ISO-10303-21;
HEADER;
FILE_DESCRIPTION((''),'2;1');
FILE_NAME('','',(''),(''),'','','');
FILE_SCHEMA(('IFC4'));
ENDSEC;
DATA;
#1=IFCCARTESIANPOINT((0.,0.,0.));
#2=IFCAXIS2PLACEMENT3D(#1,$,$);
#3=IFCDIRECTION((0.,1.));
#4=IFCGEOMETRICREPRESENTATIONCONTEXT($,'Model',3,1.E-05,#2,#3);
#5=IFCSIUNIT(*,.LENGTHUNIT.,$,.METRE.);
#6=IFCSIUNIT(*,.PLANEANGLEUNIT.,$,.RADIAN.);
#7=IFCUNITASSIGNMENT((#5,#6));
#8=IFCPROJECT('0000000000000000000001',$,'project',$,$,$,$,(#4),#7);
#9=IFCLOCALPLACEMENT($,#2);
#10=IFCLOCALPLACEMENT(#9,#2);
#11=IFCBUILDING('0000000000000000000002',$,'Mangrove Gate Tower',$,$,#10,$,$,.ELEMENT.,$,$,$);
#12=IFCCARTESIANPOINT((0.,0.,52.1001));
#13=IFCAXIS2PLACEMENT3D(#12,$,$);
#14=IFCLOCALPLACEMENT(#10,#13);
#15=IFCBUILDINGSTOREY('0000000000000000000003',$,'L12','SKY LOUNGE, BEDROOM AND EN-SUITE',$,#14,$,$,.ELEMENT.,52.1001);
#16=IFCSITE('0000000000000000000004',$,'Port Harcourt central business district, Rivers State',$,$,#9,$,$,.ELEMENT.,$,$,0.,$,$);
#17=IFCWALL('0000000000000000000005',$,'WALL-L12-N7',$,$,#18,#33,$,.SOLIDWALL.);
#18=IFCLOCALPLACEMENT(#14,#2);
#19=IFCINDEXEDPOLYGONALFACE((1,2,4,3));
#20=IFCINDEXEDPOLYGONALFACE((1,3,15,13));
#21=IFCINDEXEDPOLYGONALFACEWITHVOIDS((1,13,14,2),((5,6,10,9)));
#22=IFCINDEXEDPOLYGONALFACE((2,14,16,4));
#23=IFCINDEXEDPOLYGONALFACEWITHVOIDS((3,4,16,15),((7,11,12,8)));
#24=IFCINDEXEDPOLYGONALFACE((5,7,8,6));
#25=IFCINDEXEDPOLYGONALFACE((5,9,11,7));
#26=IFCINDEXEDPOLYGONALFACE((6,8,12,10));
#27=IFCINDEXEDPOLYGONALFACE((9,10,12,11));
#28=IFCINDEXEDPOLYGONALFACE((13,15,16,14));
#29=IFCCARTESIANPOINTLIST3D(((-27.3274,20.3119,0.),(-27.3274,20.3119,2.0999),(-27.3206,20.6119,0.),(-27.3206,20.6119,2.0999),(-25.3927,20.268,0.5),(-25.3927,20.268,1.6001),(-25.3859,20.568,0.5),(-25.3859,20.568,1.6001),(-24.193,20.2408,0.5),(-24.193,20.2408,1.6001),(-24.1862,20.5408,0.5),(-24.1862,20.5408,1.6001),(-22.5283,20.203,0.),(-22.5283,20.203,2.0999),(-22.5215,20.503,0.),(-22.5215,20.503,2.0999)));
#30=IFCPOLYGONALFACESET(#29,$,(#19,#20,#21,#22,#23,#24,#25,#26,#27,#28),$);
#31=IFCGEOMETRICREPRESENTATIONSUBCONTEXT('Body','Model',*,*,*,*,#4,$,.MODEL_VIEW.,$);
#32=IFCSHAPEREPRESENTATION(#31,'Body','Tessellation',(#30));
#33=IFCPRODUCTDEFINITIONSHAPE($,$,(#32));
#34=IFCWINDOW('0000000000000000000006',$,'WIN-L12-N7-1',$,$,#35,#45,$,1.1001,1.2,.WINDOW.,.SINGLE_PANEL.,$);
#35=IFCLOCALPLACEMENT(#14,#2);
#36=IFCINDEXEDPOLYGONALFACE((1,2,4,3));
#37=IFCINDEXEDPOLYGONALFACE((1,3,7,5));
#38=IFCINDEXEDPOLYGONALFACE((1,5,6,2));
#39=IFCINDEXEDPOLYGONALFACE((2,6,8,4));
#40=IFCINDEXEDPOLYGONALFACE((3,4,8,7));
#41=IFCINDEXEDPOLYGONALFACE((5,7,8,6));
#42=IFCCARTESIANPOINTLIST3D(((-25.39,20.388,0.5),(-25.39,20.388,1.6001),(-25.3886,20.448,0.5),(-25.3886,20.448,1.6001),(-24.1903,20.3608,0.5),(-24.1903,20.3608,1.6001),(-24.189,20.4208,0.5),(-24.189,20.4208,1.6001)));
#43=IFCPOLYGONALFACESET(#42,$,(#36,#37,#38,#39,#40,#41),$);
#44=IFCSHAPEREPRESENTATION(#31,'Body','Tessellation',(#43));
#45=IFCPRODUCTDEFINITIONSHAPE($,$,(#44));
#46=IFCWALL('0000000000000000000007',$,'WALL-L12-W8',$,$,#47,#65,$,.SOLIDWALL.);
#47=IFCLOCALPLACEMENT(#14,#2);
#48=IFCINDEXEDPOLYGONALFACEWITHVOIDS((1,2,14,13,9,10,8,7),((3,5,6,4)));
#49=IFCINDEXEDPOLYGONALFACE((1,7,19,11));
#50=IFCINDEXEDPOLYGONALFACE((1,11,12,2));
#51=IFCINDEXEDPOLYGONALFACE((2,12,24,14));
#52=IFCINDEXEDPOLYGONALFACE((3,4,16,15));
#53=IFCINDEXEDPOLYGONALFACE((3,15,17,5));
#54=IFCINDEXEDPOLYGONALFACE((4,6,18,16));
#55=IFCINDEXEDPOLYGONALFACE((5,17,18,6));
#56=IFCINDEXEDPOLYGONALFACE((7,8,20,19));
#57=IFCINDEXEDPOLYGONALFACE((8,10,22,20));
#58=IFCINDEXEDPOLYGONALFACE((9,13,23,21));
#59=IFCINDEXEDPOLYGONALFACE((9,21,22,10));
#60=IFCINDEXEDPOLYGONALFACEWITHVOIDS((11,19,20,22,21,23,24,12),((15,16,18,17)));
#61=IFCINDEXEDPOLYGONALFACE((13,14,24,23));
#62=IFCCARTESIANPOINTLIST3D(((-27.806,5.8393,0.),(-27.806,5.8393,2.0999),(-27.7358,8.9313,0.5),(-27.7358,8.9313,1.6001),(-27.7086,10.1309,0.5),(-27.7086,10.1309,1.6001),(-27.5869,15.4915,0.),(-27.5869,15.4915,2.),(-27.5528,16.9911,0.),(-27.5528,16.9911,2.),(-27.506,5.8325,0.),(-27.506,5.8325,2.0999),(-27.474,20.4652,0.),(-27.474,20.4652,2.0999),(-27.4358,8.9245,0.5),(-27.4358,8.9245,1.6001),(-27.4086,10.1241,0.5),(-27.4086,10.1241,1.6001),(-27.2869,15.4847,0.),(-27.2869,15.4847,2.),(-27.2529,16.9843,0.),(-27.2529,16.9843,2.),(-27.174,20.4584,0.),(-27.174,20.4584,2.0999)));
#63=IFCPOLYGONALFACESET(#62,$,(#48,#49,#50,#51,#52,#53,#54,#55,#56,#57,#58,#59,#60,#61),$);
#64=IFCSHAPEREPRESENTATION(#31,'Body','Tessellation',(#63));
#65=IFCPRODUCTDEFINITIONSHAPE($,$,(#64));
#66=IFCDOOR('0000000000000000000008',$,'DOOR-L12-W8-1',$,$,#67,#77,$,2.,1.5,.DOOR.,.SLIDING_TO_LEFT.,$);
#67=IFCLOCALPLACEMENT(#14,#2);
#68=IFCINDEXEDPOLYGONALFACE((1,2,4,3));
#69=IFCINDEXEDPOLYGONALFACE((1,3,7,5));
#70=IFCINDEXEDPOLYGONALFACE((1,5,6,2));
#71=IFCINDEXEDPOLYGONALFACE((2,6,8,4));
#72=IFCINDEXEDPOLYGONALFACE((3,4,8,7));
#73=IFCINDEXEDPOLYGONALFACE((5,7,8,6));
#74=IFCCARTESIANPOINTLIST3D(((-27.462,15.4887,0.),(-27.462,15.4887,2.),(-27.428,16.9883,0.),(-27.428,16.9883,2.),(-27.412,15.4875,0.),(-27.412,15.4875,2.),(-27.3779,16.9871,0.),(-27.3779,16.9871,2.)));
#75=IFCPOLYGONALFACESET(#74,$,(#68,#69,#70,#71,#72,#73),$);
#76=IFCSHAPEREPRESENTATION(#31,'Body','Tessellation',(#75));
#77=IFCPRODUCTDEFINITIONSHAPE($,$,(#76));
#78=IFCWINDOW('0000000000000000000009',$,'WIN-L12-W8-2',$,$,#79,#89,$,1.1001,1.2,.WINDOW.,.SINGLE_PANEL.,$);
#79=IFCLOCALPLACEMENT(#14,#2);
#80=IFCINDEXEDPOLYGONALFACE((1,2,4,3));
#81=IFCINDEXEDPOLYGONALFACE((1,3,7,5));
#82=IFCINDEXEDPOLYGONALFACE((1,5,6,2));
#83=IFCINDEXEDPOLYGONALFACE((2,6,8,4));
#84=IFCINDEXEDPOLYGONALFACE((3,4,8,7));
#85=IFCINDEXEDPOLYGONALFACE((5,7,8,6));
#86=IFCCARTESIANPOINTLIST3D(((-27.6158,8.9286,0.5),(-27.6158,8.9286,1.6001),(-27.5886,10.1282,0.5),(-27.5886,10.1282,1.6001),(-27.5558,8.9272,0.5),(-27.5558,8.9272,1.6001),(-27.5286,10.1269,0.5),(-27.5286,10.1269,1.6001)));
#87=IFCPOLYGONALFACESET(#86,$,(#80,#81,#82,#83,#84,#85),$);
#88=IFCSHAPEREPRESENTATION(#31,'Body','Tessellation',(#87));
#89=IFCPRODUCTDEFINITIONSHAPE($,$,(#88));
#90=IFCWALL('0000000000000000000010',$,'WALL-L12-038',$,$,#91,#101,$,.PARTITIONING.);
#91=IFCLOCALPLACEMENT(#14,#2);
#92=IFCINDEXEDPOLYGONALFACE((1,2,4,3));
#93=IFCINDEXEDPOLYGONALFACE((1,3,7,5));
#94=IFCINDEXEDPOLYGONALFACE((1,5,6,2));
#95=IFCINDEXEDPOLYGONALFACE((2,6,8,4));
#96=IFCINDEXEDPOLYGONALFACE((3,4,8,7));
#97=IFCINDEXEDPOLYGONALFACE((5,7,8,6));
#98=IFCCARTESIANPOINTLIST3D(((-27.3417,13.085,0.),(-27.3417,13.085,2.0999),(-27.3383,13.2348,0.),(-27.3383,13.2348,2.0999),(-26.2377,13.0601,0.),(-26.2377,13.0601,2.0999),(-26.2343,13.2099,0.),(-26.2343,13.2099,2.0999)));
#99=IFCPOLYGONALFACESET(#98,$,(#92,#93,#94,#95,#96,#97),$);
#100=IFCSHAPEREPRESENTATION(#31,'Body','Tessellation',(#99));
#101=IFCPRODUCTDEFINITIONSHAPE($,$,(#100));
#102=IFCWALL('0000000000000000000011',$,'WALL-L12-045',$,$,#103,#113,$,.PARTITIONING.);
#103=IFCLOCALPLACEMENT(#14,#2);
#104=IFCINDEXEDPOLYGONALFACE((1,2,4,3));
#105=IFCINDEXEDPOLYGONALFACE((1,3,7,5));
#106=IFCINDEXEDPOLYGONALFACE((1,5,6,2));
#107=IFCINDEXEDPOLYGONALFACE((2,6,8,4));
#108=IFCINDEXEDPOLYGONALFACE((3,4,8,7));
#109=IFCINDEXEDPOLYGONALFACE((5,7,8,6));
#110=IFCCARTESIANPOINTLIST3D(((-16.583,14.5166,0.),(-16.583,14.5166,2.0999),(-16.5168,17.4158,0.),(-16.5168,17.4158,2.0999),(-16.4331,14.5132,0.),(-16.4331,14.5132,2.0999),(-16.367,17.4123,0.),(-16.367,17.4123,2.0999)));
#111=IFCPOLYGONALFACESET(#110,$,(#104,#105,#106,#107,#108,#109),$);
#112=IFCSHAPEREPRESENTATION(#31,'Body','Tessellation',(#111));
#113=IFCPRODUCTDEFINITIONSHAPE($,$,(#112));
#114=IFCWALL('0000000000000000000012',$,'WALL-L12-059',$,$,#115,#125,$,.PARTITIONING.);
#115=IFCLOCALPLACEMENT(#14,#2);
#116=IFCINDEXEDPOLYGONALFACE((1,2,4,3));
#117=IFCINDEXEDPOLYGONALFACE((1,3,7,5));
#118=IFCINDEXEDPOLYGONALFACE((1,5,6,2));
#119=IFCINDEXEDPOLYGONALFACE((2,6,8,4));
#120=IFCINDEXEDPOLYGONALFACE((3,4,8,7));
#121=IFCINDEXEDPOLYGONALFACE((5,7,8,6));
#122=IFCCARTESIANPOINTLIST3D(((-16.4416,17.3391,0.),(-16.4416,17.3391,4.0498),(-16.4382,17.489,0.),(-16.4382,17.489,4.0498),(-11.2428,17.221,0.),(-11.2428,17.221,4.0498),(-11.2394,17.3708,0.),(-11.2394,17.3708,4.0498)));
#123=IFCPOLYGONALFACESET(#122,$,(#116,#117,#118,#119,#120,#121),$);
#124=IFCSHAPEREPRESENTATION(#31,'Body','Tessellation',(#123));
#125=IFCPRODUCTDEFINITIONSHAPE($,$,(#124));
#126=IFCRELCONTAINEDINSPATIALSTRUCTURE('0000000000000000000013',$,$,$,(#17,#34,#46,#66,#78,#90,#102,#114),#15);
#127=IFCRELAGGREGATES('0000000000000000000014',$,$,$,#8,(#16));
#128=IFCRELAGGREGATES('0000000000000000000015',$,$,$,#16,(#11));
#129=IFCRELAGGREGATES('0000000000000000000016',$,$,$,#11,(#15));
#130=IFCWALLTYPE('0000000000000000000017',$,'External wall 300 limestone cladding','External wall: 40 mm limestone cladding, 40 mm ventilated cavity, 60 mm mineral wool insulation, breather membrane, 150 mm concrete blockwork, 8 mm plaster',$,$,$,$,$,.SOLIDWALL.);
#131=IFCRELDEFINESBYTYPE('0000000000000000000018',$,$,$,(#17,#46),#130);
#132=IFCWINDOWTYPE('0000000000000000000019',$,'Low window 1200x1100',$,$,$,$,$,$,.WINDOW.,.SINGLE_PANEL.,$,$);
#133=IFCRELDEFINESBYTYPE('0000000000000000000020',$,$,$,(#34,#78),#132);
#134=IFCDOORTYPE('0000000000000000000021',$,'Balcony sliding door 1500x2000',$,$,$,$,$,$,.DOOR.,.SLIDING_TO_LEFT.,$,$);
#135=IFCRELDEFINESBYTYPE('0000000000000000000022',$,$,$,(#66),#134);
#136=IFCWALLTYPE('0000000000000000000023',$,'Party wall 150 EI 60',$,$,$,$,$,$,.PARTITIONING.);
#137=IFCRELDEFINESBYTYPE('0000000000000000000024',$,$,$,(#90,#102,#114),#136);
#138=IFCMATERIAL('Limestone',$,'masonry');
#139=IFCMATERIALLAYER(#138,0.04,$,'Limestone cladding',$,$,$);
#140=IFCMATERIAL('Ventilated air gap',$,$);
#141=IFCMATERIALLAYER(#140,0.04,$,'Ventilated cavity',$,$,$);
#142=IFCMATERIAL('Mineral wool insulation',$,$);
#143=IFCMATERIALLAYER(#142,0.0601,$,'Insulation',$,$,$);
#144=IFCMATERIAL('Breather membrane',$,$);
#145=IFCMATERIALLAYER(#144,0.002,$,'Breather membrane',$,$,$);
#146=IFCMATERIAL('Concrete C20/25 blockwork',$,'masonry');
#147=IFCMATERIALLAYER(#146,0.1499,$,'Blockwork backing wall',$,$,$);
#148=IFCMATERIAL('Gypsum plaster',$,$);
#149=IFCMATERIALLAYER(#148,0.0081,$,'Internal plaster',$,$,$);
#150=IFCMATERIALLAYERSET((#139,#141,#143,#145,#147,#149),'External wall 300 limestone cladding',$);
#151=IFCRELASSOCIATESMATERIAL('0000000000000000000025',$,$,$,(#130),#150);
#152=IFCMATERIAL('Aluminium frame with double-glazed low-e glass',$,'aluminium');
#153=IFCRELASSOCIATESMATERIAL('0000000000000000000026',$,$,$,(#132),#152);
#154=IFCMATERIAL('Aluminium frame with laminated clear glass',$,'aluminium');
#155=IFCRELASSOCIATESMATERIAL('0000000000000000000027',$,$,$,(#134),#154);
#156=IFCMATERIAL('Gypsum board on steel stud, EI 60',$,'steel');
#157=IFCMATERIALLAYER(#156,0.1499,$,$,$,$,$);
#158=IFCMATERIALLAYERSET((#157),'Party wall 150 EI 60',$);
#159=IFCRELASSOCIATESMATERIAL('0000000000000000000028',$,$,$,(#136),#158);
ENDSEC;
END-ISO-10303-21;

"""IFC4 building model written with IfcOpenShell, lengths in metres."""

from ifc_helpers import new_model, si_unit, direction, frame, frame_2d, origin, place, context, subcontext, project, spatial, rectangle, extrude, material, layer, layer_set, type_object, element, fill, save


model = new_model("IFC4")

# Units and contexts
model_context = context("Model", 3, precision=1e-05, world=origin(), true_north=direction((0.0, 1.0)))
body_context = subcontext(model_context, "Body", "Model", "MODEL_VIEW")
ifc_project = project(units=[si_unit("LENGTHUNIT", "METRE"), si_unit("PLANEANGLEUNIT", "RADIAN")], contexts=[model_context])

# Site, building, storey
site_placement = place(None, origin())
site = spatial("IfcSite", under=ifc_project, at=site_placement, Name="Port Harcourt central business district, Rivers State", CompositionType="ELEMENT", RefElevation=0.0)
building_placement = place(site_placement, origin())
building = spatial("IfcBuilding", under=site, at=building_placement, Name="Mangrove Gate Tower", CompositionType="ELEMENT")
storey_placement = place(building_placement, frame((0.0, 0.0, 52.1001)))
storey = spatial("IfcBuildingStorey", under=building, at=storey_placement, Name="L12", Description="SKY LOUNGE, BEDROOM AND EN-SUITE", CompositionType="ELEMENT", Elevation=52.1001)

# Wall, opening, window
ifc_material_1 = material(Name="Limestone", Category="masonry")
ifc_layer_1 = layer(ifc_material_1, 0.04, Name="Limestone cladding")
ifc_material_2 = material(Name="Ventilated air gap")
ifc_layer_2 = layer(ifc_material_2, 0.04, Name="Ventilated cavity")
ifc_material_3 = material(Name="Mineral wool insulation")
ifc_layer_3 = layer(ifc_material_3, 0.0601, Name="Insulation")
ifc_material_4 = material(Name="Breather membrane")
ifc_layer_4 = layer(ifc_material_4, 0.002, Name="Breather membrane")
ifc_material_5 = material(Name="Concrete C20/25 blockwork", Category="masonry")
ifc_layer_5 = layer(ifc_material_5, 0.1499, Name="Blockwork backing wall")
ifc_material_6 = material(Name="Gypsum plaster")
ifc_layer_6 = layer(ifc_material_6, 0.0081, Name="Internal plaster")
ifc_layer_set_1 = layer_set([ifc_layer_1, ifc_layer_2, ifc_layer_3, ifc_layer_4, ifc_layer_5, ifc_layer_6], Name="External wall 300 limestone cladding")
wall_type_1 = type_object("IfcWallType", Name="External wall 300 limestone cladding", Description="External wall: 40 mm limestone cladding, 40 mm ventilated cavity, 60 mm mineral wool insulation, breather membrane, 150 mm concrete blockwork, 8 mm plaster", PredefinedType="SOLIDWALL", material=ifc_layer_set_1)
wall_1_placement = place(storey_placement, frame((-22.5249, 20.353, 0.0), z_axis=(0.0, 0.0, 1.0), x_axis=(-0.999743, 0.022683, 0.0)))
wall_1 = element("IfcWall", 1, at=wall_1_placement, inside=storey, type_object=wall_type_1, Name="WALL-L12-N7", PredefinedType="SOLIDWALL", context=body_context, shape_type="SweptSolid", body=[
    extrude(rectangle(XDim=4.8003, YDim=0.3, at=frame_2d((2.4001, 0.0))), origin(), (0.0, 0.0, 1.0), 2.0999),
])
opening_1_placement = place(wall_1_placement, frame((1.665, 0.0, 0.5)))
opening_1 = element("IfcOpeningElement", 2, at=opening_1_placement, cuts=wall_1, PredefinedType="OPENING", context=body_context, shape_type="SweptSolid", body=[
    extrude(rectangle(XDim=1.2, YDim=1.1001, at=frame_2d((0.6001, 0.55))), frame((0.0, 0.1599, 0.0), z_axis=(0.0, -1.0, 0.0), x_axis=(1.0, 0.0, 0.0)), (0.0, 0.0, 1.0), 0.3201),
])
ifc_material_7 = material(Name="Aluminium frame with double-glazed low-e glass", Category="aluminium")
window_type = type_object("IfcWindowType", Name="Low window 1200x1100", PartitioningType="SINGLE_PANEL", PredefinedType="WINDOW", material=ifc_material_7)
window_1_placement = place(opening_1_placement, origin())
window_1 = element("IfcWindow", 3, at=window_1_placement, inside=storey, type_object=window_type, Name="WIN-L12-N7-1", OverallHeight=1.1001, OverallWidth=1.2, PartitioningType="SINGLE_PANEL", PredefinedType="WINDOW", context=body_context, shape_type="SweptSolid", body=[
    extrude(rectangle(XDim=1.2, YDim=1.1001, at=frame_2d((0.6001, 0.55))), frame((0.0, 0.03, 0.0), z_axis=(0.0, -1.0, 0.0), x_axis=(1.0, 0.0, 0.0)), (0.0, 0.0, 1.0), 0.0601),
])
fill(opening_1, window_1)

# Wall, openings, door, window
wall_2_placement = place(storey_placement, frame((-27.324, 20.4619, 0.0), z_axis=(0.0, 0.0, 1.0), x_axis=(-0.022696, -0.999742, 0.0)))
wall_2 = element("IfcWall", 4, at=wall_2_placement, inside=storey, type_object=wall_type_1, Name="WALL-L12-W8", PredefinedType="SOLIDWALL", context=body_context, shape_type="SweptSolid", body=[
    extrude(rectangle(XDim=14.6296, YDim=0.3, at=frame_2d((7.3149, 0.0))), origin(), (0.0, 0.0, 1.0), 2.0999),
])
opening_2_placement = place(wall_2_placement, frame((3.4751, 0.0, 0.0)))
opening_2 = element("IfcOpeningElement", 5, at=opening_2_placement, cuts=wall_2, PredefinedType="OPENING", context=body_context, shape_type="SweptSolid", body=[
    extrude(rectangle(XDim=1.5, YDim=2.0, at=frame_2d((0.75, 1.0))), frame((0.0, 0.1599, 0.0), z_axis=(0.0, -1.0, 0.0), x_axis=(1.0, 0.0, 0.0)), (0.0, 0.0, 1.0), 0.3201),
])
opening_3_placement = place(wall_2_placement, frame((10.3369, 0.0, 0.5)))
opening_3 = element("IfcOpeningElement", 6, at=opening_3_placement, cuts=wall_2, PredefinedType="OPENING", context=body_context, shape_type="SweptSolid", body=[
    extrude(rectangle(XDim=1.2, YDim=1.1001, at=frame_2d((0.6001, 0.55))), frame((0.0, 0.1599, 0.0), z_axis=(0.0, -1.0, 0.0), x_axis=(1.0, 0.0, 0.0)), (0.0, 0.0, 1.0), 0.3201),
])
ifc_material_8 = material(Name="Aluminium frame with laminated clear glass", Category="aluminium")
door_type_1 = type_object("IfcDoorType", Name="Balcony sliding door 1500x2000", OperationType="SLIDING_TO_LEFT", PredefinedType="DOOR", material=ifc_material_8)
door_1_placement = place(opening_2_placement, origin())
door_1 = element("IfcDoor", 7, at=door_1_placement, inside=storey, type_object=door_type_1, Name="DOOR-L12-W8-1", OperationType="SLIDING_TO_LEFT", OverallHeight=2.0, OverallWidth=1.5, PredefinedType="DOOR", context=body_context, shape_type="SweptSolid", body=[
    extrude(rectangle(XDim=1.5, YDim=2.0, at=frame_2d((0.75, 1.0))), frame((0.0, 0.0249, 0.0), z_axis=(0.0, -1.0, 0.0), x_axis=(1.0, 0.0, 0.0)), (0.0, 0.0, 1.0), 0.05),
])
fill(opening_2, door_1)
window_2_placement = place(opening_3_placement, origin())
window_2 = element("IfcWindow", 8, at=window_2_placement, inside=storey, type_object=window_type, Name="WIN-L12-W8-2", OverallHeight=1.1001, OverallWidth=1.2, PartitioningType="SINGLE_PANEL", PredefinedType="WINDOW", context=body_context, shape_type="SweptSolid", body=[
    extrude(rectangle(XDim=1.2, YDim=1.1001, at=frame_2d((0.6001, 0.55))), frame((0.0, 0.03, 0.0), z_axis=(0.0, -1.0, 0.0), x_axis=(1.0, 0.0, 0.0)), (0.0, 0.0, 1.0), 0.0601),
])
fill(opening_3, window_2)

# Walls
ifc_material_9 = material(Name="Gypsum board on steel stud, EI 60", Category="steel")
ifc_layer_7 = layer(ifc_material_9, 0.1499)
ifc_layer_set_2 = layer_set([ifc_layer_7], Name="Party wall 150 EI 60")
wall_type_2 = type_object("IfcWallType", Name="Party wall 150 EI 60", PredefinedType="PARTITIONING", material=ifc_layer_set_2)
wall_3_placement = place(storey_placement, frame((-27.3401, 13.1599, 0.0), z_axis=(0.0, 0.0, 1.0), x_axis=(0.999746, -0.022551, 0.0)))
element("IfcWall", 9, at=wall_3_placement, inside=storey, type_object=wall_type_2, Name="WALL-L12-038", PredefinedType="PARTITIONING", context=body_context, shape_type="SweptSolid", body=[
    extrude(rectangle(XDim=1.1042, YDim=0.1499, at=frame_2d((0.5522, 0.0))), origin(), (0.0, 0.0, 1.0), 2.0999),
])
wall_4_placement = place(storey_placement, frame((-16.5081, 14.5149, 0.0), z_axis=(0.0, 0.0, 1.0), x_axis=(0.022815, 0.99974, 0.0)))
element("IfcWall", 10, at=wall_4_placement, inside=storey, type_object=wall_type_2, Name="WALL-L12-045", PredefinedType="PARTITIONING", context=body_context, shape_type="SweptSolid", body=[
    extrude(rectangle(XDim=2.8999, YDim=0.1499, at=frame_2d((1.45, 0.0))), origin(), (0.0, 0.0, 1.0), 2.0999),
])
wall_5_placement = place(storey_placement, frame((-16.4399, 17.4141, 0.0), z_axis=(0.0, 0.0, 1.0), x_axis=(0.999742, -0.022722, 0.0)))
element("IfcWall", 11, at=wall_5_placement, inside=storey, type_object=wall_type_2, Name="WALL-L12-059", PredefinedType="PARTITIONING", context=body_context, shape_type="SweptSolid", body=[
    extrude(rectangle(XDim=5.2002, YDim=0.1499, at=frame_2d((2.6001, 0.0))), origin(), (0.0, 0.0, 1.0), 4.0498),
])

save(model, "model.ifc")
